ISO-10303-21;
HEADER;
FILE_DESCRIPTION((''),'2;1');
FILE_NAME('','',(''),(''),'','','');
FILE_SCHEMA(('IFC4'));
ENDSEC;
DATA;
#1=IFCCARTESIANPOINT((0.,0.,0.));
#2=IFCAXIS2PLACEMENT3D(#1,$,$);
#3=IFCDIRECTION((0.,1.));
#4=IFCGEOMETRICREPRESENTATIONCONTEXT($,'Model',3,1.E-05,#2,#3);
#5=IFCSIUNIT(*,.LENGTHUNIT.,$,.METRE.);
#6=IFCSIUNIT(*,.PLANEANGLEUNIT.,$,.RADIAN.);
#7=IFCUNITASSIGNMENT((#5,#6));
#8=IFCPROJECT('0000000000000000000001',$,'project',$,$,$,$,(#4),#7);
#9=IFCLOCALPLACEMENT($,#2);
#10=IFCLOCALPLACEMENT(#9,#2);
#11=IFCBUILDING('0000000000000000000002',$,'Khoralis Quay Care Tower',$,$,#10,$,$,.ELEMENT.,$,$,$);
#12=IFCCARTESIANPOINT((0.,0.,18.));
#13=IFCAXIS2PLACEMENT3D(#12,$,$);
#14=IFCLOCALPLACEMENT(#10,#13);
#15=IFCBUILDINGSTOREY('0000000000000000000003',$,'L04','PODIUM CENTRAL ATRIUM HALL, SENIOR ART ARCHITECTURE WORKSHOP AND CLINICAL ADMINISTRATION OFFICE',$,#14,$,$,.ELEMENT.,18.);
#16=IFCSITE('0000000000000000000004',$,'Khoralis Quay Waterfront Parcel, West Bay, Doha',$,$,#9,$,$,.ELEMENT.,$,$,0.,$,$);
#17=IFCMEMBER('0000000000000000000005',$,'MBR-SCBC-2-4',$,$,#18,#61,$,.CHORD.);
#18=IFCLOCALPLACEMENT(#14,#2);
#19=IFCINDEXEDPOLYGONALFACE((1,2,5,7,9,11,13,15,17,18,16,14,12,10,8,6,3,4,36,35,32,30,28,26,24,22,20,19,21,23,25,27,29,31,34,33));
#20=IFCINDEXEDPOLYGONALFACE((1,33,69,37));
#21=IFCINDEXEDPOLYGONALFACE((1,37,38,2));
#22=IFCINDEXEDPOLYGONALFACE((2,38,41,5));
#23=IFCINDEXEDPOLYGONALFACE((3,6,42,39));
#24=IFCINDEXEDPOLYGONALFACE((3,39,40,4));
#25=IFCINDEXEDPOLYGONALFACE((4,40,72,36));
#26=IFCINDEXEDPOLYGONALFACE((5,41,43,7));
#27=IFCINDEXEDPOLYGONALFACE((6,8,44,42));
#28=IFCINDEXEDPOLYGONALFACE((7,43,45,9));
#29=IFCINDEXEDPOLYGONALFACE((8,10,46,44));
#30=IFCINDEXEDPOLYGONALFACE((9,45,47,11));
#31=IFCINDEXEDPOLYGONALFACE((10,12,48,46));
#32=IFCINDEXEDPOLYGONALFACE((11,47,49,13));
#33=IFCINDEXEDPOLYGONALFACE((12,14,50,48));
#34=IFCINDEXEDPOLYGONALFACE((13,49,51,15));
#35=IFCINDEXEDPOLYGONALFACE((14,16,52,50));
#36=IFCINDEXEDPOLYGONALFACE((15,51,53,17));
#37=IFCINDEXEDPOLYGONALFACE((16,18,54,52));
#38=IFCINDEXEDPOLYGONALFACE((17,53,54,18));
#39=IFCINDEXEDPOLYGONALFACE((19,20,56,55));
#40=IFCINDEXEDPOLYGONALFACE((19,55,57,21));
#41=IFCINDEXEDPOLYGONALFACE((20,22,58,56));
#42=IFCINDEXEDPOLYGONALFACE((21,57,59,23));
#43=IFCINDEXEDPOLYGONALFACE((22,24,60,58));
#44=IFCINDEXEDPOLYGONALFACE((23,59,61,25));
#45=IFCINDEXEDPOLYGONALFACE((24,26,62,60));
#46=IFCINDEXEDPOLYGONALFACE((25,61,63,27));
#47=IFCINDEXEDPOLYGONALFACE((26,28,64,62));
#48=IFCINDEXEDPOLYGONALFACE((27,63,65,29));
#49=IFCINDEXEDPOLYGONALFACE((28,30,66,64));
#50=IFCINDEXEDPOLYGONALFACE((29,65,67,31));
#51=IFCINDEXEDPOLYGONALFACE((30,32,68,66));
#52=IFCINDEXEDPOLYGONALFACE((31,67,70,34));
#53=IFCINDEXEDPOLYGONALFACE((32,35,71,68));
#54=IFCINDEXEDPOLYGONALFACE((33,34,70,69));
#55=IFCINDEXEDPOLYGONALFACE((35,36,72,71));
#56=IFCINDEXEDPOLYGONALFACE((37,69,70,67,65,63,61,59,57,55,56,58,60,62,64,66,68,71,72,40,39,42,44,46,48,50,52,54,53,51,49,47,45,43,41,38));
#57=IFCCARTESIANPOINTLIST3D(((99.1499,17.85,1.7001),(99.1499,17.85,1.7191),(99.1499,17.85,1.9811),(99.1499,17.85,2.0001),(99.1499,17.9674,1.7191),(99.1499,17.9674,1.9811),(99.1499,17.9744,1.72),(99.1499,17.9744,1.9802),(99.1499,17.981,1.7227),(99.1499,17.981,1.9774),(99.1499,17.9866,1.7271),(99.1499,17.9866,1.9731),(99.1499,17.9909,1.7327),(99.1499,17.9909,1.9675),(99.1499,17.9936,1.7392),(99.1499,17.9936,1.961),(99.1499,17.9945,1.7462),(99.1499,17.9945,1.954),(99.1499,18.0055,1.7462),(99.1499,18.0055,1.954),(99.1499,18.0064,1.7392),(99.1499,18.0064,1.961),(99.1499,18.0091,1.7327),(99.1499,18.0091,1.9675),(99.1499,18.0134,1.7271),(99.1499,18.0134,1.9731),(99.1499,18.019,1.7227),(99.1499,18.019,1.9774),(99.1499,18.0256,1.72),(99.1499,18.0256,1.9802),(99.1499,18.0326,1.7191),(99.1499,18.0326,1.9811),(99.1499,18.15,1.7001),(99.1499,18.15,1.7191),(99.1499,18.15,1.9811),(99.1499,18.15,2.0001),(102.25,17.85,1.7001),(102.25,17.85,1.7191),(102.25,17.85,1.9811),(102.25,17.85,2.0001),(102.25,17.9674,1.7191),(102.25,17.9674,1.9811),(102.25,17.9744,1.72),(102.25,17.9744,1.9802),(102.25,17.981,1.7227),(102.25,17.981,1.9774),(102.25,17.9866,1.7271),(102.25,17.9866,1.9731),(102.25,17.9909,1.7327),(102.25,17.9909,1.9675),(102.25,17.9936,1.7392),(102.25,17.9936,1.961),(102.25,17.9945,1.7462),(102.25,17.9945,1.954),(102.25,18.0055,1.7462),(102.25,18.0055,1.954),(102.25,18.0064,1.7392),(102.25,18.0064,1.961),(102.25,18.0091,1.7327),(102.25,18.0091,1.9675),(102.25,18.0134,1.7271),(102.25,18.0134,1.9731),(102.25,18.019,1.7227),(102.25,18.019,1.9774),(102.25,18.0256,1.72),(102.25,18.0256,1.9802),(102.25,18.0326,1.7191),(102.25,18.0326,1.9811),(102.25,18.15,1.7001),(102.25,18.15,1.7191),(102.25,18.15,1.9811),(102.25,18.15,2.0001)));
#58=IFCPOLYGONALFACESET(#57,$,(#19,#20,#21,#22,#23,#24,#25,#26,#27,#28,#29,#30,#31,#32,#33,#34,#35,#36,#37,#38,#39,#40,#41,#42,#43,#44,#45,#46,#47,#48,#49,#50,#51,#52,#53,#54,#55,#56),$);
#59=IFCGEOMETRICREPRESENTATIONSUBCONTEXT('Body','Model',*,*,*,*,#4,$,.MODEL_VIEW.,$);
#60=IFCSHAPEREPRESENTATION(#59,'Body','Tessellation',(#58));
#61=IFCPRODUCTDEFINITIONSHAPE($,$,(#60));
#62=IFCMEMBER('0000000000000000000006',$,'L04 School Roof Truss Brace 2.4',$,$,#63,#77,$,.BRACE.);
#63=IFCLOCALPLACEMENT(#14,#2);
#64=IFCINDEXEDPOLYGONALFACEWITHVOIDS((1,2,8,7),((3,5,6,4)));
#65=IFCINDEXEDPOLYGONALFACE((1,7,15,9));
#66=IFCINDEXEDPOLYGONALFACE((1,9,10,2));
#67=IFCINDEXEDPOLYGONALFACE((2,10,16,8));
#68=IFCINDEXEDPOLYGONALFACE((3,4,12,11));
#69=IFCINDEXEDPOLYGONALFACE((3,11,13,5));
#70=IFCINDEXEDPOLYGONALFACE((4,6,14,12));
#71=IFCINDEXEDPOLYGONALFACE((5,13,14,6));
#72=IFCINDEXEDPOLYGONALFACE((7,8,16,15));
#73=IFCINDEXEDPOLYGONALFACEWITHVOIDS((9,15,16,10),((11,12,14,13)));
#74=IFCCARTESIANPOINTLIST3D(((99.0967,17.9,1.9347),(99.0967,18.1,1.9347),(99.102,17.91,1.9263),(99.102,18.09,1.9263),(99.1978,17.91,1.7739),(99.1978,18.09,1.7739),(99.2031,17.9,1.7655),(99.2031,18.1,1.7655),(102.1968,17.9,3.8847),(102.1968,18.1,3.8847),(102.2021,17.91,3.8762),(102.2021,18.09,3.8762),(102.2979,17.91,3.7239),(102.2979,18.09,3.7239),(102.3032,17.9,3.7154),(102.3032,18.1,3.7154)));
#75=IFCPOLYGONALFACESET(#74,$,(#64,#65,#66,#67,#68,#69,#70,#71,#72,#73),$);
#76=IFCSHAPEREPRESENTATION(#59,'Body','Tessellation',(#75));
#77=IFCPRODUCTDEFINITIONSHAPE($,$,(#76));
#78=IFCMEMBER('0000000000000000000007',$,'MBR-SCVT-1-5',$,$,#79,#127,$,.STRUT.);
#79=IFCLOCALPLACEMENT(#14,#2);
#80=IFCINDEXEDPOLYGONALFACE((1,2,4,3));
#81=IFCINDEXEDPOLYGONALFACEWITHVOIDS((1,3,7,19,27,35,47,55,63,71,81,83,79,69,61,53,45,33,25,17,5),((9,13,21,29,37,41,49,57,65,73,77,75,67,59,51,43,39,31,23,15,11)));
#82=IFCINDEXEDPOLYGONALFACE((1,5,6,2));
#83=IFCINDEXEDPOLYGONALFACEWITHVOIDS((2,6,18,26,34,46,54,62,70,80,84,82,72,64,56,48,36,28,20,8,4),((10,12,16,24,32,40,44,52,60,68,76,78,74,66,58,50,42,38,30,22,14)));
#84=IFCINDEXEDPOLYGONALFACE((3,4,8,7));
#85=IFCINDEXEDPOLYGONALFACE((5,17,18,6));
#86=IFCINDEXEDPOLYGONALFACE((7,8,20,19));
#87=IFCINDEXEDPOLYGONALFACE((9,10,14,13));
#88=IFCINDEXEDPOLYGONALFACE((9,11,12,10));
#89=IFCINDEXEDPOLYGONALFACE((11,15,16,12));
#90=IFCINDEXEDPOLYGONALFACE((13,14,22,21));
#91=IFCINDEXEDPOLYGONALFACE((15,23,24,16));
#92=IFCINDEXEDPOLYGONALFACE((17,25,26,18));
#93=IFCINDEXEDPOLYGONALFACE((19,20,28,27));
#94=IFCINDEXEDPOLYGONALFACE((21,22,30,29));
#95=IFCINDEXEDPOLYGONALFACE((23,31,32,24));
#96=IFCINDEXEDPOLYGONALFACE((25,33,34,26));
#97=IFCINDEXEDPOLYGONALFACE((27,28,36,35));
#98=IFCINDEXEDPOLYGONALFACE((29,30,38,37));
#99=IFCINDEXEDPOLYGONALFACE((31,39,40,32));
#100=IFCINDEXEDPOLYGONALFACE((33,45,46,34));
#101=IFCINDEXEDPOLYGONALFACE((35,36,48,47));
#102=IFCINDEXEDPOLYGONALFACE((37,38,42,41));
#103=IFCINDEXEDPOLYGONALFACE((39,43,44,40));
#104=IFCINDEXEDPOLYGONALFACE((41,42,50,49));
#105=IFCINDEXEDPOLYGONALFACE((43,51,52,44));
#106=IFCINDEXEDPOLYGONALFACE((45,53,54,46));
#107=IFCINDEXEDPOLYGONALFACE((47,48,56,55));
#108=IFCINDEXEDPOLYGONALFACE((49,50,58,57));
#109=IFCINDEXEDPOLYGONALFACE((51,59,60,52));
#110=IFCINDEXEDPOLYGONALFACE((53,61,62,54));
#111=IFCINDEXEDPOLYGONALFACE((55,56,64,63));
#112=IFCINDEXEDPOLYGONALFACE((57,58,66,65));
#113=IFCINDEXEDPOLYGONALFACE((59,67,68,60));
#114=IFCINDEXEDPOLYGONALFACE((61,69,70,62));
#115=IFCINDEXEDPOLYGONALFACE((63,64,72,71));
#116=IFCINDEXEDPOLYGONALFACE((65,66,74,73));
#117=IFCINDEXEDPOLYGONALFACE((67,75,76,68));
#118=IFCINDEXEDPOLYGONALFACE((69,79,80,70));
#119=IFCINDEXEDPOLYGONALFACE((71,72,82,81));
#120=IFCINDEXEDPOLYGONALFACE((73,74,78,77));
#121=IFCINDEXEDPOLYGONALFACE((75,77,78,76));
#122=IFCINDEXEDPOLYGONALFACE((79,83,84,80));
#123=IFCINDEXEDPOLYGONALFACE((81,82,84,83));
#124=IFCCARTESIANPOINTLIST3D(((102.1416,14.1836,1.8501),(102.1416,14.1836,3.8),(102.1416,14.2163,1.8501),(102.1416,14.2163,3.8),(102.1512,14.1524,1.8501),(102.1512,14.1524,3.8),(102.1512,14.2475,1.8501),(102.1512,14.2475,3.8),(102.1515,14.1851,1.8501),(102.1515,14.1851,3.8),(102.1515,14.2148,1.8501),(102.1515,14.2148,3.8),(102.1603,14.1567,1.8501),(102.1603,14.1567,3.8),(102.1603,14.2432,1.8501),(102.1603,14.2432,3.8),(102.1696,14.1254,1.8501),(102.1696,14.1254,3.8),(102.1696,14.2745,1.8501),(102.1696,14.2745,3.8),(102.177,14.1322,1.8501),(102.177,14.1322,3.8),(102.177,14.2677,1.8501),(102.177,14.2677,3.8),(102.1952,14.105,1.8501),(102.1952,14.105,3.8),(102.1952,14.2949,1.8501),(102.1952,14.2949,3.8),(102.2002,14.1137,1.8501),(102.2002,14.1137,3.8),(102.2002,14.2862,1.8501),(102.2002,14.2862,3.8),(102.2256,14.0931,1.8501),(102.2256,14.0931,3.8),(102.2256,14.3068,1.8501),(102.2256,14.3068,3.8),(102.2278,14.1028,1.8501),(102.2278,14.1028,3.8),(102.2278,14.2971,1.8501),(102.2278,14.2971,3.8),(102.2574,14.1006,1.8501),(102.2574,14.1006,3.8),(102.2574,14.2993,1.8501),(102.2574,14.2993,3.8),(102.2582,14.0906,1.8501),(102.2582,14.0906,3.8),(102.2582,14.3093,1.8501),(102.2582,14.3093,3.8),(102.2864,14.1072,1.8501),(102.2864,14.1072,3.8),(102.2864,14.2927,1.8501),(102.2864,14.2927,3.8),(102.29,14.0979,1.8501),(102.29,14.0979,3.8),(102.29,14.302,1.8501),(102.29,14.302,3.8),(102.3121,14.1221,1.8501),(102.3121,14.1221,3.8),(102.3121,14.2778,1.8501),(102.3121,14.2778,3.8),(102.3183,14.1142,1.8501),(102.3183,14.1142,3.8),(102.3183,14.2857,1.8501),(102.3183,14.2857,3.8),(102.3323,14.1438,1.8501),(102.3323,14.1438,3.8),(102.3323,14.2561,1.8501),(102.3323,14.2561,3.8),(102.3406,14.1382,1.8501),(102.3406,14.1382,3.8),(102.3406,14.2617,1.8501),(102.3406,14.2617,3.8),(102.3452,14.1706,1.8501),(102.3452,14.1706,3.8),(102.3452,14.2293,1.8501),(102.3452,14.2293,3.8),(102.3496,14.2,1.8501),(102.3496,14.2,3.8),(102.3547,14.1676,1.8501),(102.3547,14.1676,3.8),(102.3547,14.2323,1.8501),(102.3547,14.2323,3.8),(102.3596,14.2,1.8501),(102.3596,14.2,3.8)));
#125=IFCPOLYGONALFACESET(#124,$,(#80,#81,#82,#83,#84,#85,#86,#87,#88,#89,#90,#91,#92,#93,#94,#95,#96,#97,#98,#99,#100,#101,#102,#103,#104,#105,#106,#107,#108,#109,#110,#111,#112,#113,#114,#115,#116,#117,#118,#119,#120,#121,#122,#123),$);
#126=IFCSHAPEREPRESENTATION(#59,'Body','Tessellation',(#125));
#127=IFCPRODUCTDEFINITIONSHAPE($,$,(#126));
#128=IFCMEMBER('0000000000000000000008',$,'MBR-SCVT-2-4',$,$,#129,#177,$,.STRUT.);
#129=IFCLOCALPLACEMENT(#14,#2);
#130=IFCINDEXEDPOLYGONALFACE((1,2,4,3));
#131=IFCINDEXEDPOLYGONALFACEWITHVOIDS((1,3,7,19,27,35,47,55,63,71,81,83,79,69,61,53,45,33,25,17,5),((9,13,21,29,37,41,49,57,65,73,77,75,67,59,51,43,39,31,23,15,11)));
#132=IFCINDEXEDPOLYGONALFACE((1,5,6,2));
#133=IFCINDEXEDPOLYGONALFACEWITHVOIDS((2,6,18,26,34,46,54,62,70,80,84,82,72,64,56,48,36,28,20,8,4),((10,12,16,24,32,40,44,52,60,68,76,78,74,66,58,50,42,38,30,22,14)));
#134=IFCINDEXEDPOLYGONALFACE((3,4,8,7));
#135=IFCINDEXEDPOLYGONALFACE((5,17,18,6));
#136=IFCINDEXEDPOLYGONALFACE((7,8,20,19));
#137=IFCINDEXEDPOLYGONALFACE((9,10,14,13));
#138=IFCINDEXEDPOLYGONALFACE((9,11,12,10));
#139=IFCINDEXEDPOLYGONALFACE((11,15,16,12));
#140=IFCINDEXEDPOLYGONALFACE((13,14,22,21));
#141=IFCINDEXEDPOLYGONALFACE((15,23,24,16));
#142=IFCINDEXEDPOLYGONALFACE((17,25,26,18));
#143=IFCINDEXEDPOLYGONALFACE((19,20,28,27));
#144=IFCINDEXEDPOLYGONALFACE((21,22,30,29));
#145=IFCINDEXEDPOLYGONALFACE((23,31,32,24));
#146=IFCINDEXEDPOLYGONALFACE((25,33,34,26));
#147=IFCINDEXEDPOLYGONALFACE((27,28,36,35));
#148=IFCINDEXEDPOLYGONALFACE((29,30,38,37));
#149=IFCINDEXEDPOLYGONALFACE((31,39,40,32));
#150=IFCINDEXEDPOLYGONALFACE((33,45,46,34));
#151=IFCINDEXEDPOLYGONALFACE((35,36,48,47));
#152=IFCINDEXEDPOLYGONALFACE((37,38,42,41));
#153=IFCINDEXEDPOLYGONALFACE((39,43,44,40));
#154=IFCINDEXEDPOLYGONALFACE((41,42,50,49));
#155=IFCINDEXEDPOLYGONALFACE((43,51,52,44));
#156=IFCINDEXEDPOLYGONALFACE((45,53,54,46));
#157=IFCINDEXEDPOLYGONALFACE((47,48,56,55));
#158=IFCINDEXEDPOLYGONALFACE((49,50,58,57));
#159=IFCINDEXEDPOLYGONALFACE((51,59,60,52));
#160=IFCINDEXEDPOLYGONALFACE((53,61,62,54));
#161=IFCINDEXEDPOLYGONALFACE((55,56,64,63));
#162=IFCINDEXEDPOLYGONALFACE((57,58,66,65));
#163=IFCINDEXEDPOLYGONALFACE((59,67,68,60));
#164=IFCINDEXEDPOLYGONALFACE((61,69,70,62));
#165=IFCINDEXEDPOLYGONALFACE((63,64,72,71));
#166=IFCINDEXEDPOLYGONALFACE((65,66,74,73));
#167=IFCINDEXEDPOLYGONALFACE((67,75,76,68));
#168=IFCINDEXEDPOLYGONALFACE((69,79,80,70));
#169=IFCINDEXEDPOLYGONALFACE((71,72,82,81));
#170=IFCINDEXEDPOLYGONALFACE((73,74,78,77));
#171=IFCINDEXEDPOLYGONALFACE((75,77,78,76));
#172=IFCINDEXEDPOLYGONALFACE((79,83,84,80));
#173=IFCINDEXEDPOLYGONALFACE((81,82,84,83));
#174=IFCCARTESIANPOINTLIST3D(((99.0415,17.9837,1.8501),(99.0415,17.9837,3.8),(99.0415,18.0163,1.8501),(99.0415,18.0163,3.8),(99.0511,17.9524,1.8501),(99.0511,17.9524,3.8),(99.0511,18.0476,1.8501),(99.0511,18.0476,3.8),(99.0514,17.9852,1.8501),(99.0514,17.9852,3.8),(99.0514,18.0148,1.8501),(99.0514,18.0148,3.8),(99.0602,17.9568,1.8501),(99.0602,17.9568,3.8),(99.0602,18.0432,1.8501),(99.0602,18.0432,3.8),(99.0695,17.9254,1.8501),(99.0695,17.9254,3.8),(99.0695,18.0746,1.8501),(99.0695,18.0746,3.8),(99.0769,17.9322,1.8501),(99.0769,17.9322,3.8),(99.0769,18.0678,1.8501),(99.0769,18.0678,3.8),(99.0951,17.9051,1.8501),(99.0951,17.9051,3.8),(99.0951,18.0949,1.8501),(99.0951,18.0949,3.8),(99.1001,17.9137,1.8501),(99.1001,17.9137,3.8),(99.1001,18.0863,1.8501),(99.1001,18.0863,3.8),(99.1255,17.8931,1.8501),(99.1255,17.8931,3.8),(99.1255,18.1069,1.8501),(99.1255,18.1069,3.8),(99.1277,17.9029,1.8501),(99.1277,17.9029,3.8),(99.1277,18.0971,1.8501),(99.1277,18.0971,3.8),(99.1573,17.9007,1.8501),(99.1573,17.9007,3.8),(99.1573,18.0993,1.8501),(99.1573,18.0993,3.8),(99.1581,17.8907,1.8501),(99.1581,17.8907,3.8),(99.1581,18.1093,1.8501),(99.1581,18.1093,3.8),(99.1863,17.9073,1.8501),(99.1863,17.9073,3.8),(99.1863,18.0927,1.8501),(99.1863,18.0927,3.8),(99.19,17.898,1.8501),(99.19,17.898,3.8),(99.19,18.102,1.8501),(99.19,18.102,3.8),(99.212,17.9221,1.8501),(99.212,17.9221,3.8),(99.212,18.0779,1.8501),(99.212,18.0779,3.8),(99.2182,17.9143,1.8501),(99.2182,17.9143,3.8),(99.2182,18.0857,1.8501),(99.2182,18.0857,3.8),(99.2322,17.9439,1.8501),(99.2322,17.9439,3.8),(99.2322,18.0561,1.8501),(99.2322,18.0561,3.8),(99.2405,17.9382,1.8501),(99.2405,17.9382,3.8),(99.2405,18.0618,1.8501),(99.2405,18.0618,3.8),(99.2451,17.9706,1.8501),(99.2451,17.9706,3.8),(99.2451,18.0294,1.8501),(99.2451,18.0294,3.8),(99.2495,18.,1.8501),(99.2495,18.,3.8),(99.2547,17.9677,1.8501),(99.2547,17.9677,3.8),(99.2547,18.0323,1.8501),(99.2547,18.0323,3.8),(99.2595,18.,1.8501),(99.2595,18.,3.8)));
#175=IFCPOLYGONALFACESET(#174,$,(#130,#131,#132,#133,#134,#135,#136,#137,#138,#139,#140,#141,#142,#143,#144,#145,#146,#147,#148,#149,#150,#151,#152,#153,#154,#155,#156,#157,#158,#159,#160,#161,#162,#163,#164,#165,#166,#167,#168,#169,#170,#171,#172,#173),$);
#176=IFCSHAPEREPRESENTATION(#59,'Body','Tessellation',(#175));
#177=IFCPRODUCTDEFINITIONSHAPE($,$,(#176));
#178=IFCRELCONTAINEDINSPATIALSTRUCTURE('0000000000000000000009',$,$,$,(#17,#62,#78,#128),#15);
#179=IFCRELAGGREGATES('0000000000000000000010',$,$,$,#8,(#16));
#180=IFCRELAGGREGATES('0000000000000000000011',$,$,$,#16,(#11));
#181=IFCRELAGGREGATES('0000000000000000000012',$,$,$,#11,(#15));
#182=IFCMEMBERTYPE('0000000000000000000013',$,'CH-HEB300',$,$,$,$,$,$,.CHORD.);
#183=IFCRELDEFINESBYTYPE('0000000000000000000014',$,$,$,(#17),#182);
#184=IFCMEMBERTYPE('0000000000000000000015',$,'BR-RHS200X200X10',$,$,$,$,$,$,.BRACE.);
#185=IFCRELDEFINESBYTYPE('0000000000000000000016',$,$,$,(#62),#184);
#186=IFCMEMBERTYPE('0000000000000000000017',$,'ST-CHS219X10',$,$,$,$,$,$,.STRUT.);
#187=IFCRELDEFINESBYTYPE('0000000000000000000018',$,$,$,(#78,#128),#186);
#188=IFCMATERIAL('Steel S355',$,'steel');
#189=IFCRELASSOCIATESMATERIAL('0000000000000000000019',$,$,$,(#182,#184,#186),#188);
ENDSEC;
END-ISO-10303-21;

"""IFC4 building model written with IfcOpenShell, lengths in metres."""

from ifc_helpers import new_model, si_unit, direction, frame, origin, origin_2d, place, context, subcontext, project, spatial, hollow_rectangle, hollow_circle, i_section, extrude, source, transform, mapped, material, material_profile, profile_set, type_object, element, save


model = new_model("IFC4")

# Units and contexts
model_context = context("Model", 3, precision=1e-05, world=origin(), true_north=direction((0.0, 1.0)))
body_context = subcontext(model_context, "Body", "Model", "MODEL_VIEW")
ifc_project = project(units=[si_unit("LENGTHUNIT", "METRE"), si_unit("PLANEANGLEUNIT", "RADIAN")], contexts=[model_context])

# Site, building, storey
site_placement = place(None, origin())
site = spatial("IfcSite", under=ifc_project, at=site_placement, Name="Khoralis Quay Waterfront Parcel, West Bay, Doha", CompositionType="ELEMENT", RefElevation=0.0)
building_placement = place(site_placement, origin())
building = spatial("IfcBuilding", under=site, at=building_placement, Name="Khoralis Quay Care Tower", CompositionType="ELEMENT")
storey_placement = place(building_placement, frame((0.0, 0.0, 18.0)))
storey = spatial("IfcBuildingStorey", under=building, at=storey_placement, Name="L04", Description="PODIUM CENTRAL ATRIUM HALL, SENIOR ART ARCHITECTURE WORKSHOP AND CLINICAL ADMINISTRATION OFFICE", CompositionType="ELEMENT", Elevation=18.0)

# Members
ifc_material_1 = material(Name="Steel S355", Category="steel")
ifc_material_profile_1 = material_profile(ifc_material_1, i_section(OverallWidth=0.3, OverallDepth=0.3, WebThickness=0.011, FlangeThickness=0.019, FilletRadius=0.0271, at=origin_2d()), Name="Steel S355")
ifc_profile_set_1 = profile_set([ifc_material_profile_1], Name="Steel S355")
member_type_1 = type_object("IfcMemberType", Name="CH-HEB300", PredefinedType="CHORD", material=ifc_profile_set_1)
shared_shape_1 = source(origin(), body_context, "Body", "SweptSolid", [
    extrude(i_section(OverallWidth=0.3, OverallDepth=0.3, WebThickness=0.011, FlangeThickness=0.019, FilletRadius=0.0271, at=origin_2d()), origin(), (0.0, 0.0, 1.0), 3.1001),
])
member_1_placement = place(storey_placement, frame((99.1499, 18.0, 1.8501), z_axis=(1.0, 0.0, 0.0), x_axis=(0.0, 1.0, 0.0)))
element("IfcMember", 1, at=member_1_placement, inside=storey, type_object=member_type_1, Name="MBR-SCBC-2-4", PredefinedType="CHORD", context=body_context, shape_type="MappedRepresentation", body=[
    mapped(shared_shape_1, transform((0.0, 0.0, 0.0), scale=1.0)),
])
ifc_material_profile_2 = material_profile(ifc_material_1, hollow_rectangle(XDim=0.2, YDim=0.2, WallThickness=0.01, at=origin_2d()), Name="Steel S355")
ifc_profile_set_2 = profile_set([ifc_material_profile_2], Name="Steel S355")
member_type_2 = type_object("IfcMemberType", Name="BR-RHS200X200X10", PredefinedType="BRACE", material=ifc_profile_set_2)
shared_shape_2 = source(origin(), body_context, "Body", "SweptSolid", [
    extrude(hollow_rectangle(XDim=0.2, YDim=0.2, WallThickness=0.01, at=origin_2d()), origin(), (0.0, 0.0, 1.0), 3.6624),
])
member_2_placement = place(storey_placement, frame((99.1499, 18.0, 1.8501), z_axis=(0.846474, 0.0, 0.53243), x_axis=(0.0, 1.0, 0.0)))
element("IfcMember", 2, at=member_2_placement, inside=storey, type_object=member_type_2, Name="L04 School Roof Truss Brace 2.4", PredefinedType="BRACE", context=body_context, shape_type="MappedRepresentation", body=[
    mapped(shared_shape_2, transform((0.0, 0.0, 0.0), scale=1.0)),
])
ifc_material_profile_3 = material_profile(ifc_material_1, hollow_circle(Radius=0.1096, WallThickness=0.01, at=origin_2d()), Name="Steel S355")
ifc_profile_set_3 = profile_set([ifc_material_profile_3], Name="Steel S355")
member_type_3 = type_object("IfcMemberType", Name="ST-CHS219X10", PredefinedType="STRUT", material=ifc_profile_set_3)
shared_shape_3 = source(origin(), body_context, "Body", "SweptSolid", [
    extrude(hollow_circle(Radius=0.1096, WallThickness=0.01, at=origin_2d()), origin(), (0.0, 0.0, 1.0), 1.95),
])
for number, where, z_axis, x_axis, name in (
    (3, (102.25, 14.2, 1.8501), (0.0, 0.0, 1.0), (1.0, 0.0, 0.0), "MBR-SCVT-1-5"),
    (4, (99.1499, 18.0, 1.8501), (0.0, 0.0, 1.0), (1.0, 0.0, 0.0), "MBR-SCVT-2-4"),
):
    element("IfcMember", number, at=place(storey_placement, frame(where, z_axis=z_axis, x_axis=x_axis)), inside=storey, type_object=member_type_3, Name=name, PredefinedType="STRUT", context=body_context, shape_type="MappedRepresentation", body=[
        mapped(shared_shape_3, transform((0.0, 0.0, 0.0), scale=1.0)),
    ])

save(model, "model.ifc")
